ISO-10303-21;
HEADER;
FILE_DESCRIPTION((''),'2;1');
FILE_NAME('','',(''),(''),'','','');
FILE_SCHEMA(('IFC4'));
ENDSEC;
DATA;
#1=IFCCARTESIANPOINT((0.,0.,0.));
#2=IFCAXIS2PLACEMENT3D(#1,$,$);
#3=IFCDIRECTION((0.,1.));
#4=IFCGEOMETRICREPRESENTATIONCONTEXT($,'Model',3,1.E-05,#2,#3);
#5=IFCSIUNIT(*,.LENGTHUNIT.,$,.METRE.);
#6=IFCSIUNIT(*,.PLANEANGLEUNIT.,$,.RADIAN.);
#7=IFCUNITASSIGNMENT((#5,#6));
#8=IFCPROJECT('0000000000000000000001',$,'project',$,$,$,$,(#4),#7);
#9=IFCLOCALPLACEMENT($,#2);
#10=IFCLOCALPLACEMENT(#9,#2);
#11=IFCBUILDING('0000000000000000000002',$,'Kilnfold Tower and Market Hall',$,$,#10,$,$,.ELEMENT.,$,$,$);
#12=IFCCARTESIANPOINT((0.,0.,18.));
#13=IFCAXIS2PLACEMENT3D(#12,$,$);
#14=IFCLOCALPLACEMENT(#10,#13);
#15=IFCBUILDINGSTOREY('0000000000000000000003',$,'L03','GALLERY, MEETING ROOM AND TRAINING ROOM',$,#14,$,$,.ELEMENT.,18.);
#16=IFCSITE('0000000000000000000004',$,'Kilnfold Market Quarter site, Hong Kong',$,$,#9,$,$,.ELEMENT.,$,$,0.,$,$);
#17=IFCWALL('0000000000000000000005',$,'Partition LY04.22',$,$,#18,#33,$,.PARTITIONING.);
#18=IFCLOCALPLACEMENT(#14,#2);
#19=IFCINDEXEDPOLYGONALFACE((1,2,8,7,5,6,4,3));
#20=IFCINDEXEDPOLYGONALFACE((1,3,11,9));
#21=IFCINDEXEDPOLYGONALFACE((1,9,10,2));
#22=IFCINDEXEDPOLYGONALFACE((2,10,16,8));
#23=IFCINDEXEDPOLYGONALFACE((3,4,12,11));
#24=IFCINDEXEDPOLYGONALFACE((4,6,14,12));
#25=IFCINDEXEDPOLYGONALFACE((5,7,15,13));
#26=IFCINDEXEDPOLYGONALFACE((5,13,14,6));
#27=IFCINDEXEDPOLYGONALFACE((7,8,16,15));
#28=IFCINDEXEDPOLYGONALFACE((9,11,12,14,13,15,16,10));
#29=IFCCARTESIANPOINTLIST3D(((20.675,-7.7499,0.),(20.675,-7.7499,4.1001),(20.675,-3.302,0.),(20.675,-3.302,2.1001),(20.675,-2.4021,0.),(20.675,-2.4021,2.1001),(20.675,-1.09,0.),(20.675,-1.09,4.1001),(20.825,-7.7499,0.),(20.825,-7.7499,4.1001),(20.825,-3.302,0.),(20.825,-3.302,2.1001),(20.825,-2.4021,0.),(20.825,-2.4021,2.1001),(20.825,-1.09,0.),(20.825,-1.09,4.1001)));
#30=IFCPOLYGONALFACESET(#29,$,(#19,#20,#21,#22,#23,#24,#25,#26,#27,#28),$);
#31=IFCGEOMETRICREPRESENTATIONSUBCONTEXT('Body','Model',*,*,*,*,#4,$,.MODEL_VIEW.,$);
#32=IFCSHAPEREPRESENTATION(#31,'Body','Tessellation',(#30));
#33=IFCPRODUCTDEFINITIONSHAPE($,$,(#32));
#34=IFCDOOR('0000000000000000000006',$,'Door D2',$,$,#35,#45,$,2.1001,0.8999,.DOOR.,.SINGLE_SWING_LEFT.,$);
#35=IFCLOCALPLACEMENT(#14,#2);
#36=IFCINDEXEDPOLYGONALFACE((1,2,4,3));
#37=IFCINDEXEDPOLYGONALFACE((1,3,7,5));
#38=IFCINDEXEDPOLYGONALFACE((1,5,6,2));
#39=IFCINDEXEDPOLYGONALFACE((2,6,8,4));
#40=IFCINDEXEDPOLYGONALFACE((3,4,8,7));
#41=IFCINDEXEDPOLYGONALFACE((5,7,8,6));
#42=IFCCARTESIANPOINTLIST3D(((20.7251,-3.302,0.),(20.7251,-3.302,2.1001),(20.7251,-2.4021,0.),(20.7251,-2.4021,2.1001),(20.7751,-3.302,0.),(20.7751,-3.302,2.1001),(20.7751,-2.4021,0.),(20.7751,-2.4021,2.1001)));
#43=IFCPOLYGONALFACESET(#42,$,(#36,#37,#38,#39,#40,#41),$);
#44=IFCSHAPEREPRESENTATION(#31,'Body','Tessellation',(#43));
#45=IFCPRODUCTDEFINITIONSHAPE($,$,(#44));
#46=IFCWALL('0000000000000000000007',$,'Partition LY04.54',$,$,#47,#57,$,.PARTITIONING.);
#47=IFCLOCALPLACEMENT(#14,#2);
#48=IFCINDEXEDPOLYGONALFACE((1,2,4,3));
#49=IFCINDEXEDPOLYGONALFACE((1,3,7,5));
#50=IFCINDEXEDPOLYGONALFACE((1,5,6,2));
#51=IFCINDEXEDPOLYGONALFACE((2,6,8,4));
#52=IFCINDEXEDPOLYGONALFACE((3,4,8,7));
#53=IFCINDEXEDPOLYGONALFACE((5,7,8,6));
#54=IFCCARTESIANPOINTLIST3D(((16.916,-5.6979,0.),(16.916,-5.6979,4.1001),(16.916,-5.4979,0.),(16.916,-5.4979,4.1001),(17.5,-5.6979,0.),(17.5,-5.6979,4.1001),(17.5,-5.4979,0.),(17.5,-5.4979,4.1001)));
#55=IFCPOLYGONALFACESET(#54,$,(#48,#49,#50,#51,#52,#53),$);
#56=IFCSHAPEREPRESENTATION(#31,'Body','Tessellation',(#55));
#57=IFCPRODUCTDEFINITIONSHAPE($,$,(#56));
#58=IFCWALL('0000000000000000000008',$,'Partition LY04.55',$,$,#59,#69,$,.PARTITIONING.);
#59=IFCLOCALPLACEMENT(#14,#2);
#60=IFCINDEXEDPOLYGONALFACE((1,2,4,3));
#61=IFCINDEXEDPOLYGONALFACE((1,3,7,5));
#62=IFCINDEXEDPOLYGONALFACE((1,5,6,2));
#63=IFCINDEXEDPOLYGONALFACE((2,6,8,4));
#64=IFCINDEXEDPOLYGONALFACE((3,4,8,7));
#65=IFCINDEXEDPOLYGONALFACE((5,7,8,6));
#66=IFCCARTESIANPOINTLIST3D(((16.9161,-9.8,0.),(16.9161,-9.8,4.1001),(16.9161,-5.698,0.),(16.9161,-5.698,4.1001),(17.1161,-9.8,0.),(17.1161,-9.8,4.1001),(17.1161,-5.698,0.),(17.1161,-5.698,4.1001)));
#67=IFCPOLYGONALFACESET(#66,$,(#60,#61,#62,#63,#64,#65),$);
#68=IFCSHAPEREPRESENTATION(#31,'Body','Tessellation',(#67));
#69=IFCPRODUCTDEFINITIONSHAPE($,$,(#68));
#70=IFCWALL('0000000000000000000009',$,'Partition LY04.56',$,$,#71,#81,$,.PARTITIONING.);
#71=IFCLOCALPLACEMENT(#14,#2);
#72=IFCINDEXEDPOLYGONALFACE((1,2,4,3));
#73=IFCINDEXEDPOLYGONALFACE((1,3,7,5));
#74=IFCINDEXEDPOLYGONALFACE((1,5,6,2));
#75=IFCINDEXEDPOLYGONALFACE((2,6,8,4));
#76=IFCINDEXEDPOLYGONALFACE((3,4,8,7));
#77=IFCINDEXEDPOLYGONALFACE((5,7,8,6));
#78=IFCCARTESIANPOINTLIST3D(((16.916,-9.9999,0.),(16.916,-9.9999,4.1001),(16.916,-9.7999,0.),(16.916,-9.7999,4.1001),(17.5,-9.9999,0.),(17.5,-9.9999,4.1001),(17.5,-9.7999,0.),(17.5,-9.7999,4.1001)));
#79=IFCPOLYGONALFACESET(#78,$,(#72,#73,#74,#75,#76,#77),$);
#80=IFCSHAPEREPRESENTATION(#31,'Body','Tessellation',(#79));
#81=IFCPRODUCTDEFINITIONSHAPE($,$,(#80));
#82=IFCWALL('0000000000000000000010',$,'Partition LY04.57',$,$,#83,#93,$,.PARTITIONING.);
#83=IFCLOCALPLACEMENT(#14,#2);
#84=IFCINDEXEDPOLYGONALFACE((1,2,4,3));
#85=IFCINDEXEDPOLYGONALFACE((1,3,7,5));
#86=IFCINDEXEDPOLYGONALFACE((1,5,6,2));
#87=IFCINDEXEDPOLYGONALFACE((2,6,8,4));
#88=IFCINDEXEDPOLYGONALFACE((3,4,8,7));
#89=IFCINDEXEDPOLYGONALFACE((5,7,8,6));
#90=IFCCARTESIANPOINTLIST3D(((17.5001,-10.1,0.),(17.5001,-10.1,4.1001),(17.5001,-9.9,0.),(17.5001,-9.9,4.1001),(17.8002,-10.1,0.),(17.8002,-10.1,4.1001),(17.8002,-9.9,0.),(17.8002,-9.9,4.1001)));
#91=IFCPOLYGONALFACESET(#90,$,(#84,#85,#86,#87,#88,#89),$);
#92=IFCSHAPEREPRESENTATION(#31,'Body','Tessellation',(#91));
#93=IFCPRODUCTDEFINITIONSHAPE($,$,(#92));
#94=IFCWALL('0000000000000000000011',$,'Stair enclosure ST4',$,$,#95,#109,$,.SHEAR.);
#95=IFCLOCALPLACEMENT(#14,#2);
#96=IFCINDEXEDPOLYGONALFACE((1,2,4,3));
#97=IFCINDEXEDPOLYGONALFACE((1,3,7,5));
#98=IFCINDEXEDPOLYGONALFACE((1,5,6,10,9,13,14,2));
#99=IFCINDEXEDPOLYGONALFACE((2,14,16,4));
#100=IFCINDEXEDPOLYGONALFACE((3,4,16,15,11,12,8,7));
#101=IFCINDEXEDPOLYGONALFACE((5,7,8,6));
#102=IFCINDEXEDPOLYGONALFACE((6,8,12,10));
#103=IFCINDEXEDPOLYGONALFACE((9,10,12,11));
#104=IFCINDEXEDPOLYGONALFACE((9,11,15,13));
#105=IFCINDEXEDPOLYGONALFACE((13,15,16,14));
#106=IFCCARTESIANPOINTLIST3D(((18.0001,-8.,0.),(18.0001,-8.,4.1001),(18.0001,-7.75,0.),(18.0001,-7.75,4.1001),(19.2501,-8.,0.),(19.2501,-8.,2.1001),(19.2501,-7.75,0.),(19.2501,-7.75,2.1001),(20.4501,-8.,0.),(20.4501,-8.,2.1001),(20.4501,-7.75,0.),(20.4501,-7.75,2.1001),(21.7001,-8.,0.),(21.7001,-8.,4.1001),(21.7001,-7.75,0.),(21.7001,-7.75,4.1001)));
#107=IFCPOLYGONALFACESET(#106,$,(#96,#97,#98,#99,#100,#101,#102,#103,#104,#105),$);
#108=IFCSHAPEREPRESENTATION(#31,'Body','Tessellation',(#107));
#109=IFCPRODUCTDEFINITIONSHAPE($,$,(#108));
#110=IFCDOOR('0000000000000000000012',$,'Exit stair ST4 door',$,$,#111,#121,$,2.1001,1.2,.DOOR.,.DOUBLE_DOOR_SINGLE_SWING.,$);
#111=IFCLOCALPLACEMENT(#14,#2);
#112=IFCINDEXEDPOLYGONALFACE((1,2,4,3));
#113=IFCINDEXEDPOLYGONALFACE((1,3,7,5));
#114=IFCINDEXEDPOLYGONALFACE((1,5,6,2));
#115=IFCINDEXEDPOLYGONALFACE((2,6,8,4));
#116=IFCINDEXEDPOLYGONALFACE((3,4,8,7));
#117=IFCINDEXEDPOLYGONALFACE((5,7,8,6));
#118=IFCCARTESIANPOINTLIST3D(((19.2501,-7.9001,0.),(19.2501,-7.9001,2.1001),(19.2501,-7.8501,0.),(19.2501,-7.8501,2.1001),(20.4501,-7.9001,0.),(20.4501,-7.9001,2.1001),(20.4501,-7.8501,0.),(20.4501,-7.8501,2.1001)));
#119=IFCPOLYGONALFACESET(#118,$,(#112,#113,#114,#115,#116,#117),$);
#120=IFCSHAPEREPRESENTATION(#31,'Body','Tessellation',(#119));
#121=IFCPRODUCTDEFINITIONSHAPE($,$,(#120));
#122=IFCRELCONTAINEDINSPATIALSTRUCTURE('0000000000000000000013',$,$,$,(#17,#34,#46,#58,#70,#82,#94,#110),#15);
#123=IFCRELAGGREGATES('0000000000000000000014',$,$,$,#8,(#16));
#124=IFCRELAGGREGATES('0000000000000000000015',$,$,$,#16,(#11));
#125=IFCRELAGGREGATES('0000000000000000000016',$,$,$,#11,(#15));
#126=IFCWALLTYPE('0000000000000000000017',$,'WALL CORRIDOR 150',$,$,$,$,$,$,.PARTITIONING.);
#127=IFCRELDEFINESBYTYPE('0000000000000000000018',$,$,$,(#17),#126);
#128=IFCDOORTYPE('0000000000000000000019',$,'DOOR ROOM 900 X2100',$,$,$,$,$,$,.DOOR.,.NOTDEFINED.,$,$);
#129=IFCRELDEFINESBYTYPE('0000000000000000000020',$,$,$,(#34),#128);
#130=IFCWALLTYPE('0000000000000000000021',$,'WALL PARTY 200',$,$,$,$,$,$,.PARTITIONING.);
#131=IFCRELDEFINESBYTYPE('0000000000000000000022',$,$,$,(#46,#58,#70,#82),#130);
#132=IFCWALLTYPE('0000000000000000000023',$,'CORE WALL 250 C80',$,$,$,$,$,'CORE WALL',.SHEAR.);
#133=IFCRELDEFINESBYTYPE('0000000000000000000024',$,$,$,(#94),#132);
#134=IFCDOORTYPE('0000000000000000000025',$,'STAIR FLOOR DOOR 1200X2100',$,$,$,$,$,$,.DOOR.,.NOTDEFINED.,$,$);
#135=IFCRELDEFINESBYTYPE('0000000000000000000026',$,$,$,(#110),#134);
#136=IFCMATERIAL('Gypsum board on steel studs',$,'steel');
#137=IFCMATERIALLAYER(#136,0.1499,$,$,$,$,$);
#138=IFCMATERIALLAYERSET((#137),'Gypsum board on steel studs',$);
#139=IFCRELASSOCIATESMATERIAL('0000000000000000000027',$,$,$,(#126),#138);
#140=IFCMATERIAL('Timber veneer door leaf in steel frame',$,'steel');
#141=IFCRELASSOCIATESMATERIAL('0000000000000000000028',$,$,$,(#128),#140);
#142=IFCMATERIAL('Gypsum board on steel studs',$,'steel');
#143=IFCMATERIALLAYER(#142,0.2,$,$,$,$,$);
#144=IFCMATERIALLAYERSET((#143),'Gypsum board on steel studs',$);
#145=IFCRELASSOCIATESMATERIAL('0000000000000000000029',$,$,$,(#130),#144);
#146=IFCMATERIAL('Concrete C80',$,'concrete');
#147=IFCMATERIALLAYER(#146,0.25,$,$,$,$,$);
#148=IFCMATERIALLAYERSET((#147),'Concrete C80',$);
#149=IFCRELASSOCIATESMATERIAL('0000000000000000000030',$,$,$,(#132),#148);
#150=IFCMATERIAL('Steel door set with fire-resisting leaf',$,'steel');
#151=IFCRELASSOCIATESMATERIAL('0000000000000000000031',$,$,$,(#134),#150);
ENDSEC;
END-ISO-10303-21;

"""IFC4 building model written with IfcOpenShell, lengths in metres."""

from ifc_helpers import new_model, si_unit, direction, frame, frame_2d, origin, place, context, subcontext, project, spatial, rectangle, extrude, source, transform, mapped, material, layer, layer_set, type_object, element, fill, save


model = new_model("IFC4")

# Units and contexts
model_context = context("Model", 3, precision=1e-05, world=origin(), true_north=direction((0.0, 1.0)))
body_context = subcontext(model_context, "Body", "Model", "MODEL_VIEW")
ifc_project = project(units=[si_unit("LENGTHUNIT", "METRE"), si_unit("PLANEANGLEUNIT", "RADIAN")], contexts=[model_context])

# Site, building, storey
site_placement = place(None, origin())
site = spatial("IfcSite", under=ifc_project, at=site_placement, Name="Kilnfold Market Quarter site, Hong Kong", CompositionType="ELEMENT", RefElevation=0.0)
building_placement = place(site_placement, origin())
building = spatial("IfcBuilding", under=site, at=building_placement, Name="Kilnfold Tower and Market Hall", CompositionType="ELEMENT")
storey_placement = place(building_placement, frame((0.0, 0.0, 18.0)))
storey = spatial("IfcBuildingStorey", under=building, at=storey_placement, Name="L03", Description="GALLERY, MEETING ROOM AND TRAINING ROOM", CompositionType="ELEMENT", Elevation=18.0)

# Wall, opening, door
ifc_material_1 = material(Name="Gypsum board on steel studs", Category="steel")
ifc_layer_1 = layer(ifc_material_1, 0.1499)
ifc_layer_set_1 = layer_set([ifc_layer_1], Name="Gypsum board on steel studs")
wall_type_1 = type_object("IfcWallType", Name="WALL CORRIDOR 150", PredefinedType="PARTITIONING", material=ifc_layer_set_1)
wall_1_placement = place(storey_placement, frame((20.75, -7.75, 0.0), z_axis=(0.0, 0.0, 1.0), x_axis=(0.0, 1.0, 0.0)))
wall_1 = element("IfcWall", 1, at=wall_1_placement, inside=storey, type_object=wall_type_1, Name="Partition LY04.22", PredefinedType="PARTITIONING", context=body_context, shape_type="SweptSolid", body=[
    extrude(rectangle(XDim=6.6599, YDim=0.1499, at=frame_2d((3.3301, 0.0))), origin(), (0.0, 0.0, 1.0), 4.1001),
])
opening_1_placement = place(wall_1_placement, frame((4.448, 0.0, 0.0)))
opening_1 = element("IfcOpeningElement", 2, at=opening_1_placement, cuts=wall_1, PredefinedType="OPENING", context=body_context, shape_type="SweptSolid", body=[
    extrude(rectangle(XDim=0.8999, YDim=2.1001, at=frame_2d((0.45, 1.05))), frame((0.0, 0.085, 0.0), z_axis=(0.0, -1.0, 0.0), x_axis=(1.0, 0.0, 0.0)), (0.0, 0.0, 1.0), 0.1699),
])
ifc_material_2 = material(Name="Timber veneer door leaf in steel frame", Category="steel")
door_type_1 = type_object("IfcDoorType", Name="DOOR ROOM 900 X2100", OperationType="NOTDEFINED", PredefinedType="DOOR", material=ifc_material_2)
door_1_placement = place(opening_1_placement, origin())
door_1 = element("IfcDoor", 3, at=door_1_placement, inside=storey, type_object=door_type_1, Name="Door D2", OperationType="SINGLE_SWING_LEFT", OverallHeight=2.1001, OverallWidth=0.8999, PredefinedType="DOOR", context=body_context, shape_type="SweptSolid", body=[
    extrude(rectangle(XDim=0.8999, YDim=2.1001, at=frame_2d((0.45, 1.05))), frame((0.0, 0.0249, 0.0), z_axis=(0.0, -1.0, 0.0), x_axis=(1.0, 0.0, 0.0)), (0.0, 0.0, 1.0), 0.05),
])
fill(opening_1, door_1)

# Walls
ifc_material_3 = material(Name="Gypsum board on steel studs", Category="steel")
ifc_layer_2 = layer(ifc_material_3, 0.2)
ifc_layer_set_2 = layer_set([ifc_layer_2], Name="Gypsum board on steel studs")
wall_type_2 = type_object("IfcWallType", Name="WALL PARTY 200", PredefinedType="PARTITIONING", material=ifc_layer_set_2)
wall_2_placement = place(storey_placement, frame((16.916, -5.5979, 0.0), z_axis=(0.0, 0.0, 1.0), x_axis=(1.0, 0.0, 0.0)))
element("IfcWall", 4, at=wall_2_placement, inside=storey, type_object=wall_type_2, Name="Partition LY04.54", PredefinedType="PARTITIONING", context=body_context, shape_type="SweptSolid", body=[
    extrude(rectangle(XDim=0.584, YDim=0.2, at=frame_2d((0.292, 0.0))), origin(), (0.0, 0.0, 1.0), 4.1001),
])
wall_3_placement = place(storey_placement, frame((17.0161, -9.8, 0.0), z_axis=(0.0, 0.0, 1.0), x_axis=(0.0, 1.0, 0.0)))
element("IfcWall", 5, at=wall_3_placement, inside=storey, type_object=wall_type_2, Name="Partition LY04.55", PredefinedType="PARTITIONING", context=body_context, shape_type="SweptSolid", body=[
    extrude(rectangle(XDim=4.1021, YDim=0.2, at=frame_2d((2.051, 0.0))), origin(), (0.0, 0.0, 1.0), 4.1001),
])
wall_4_placement = place(storey_placement, frame((17.5, -9.8999, 0.0), z_axis=(0.0, 0.0, 1.0), x_axis=(-1.0, 0.0, 0.0)))
element("IfcWall", 6, at=wall_4_placement, inside=storey, type_object=wall_type_2, Name="Partition LY04.56", PredefinedType="PARTITIONING", context=body_context, shape_type="SweptSolid", body=[
    extrude(rectangle(XDim=0.584, YDim=0.2, at=frame_2d((0.292, 0.0))), origin(), (0.0, 0.0, 1.0), 4.1001),
])
wall_5_placement = place(storey_placement, frame((17.8, -10.0, 0.0), z_axis=(0.0, 0.0, 1.0), x_axis=(-1.0, 0.0, 0.0)))
element("IfcWall", 7, at=wall_5_placement, inside=storey, type_object=wall_type_2, Name="Partition LY04.57", PredefinedType="PARTITIONING", context=body_context, shape_type="SweptSolid", body=[
    extrude(rectangle(XDim=0.3, YDim=0.2, at=frame_2d((0.1499, 0.0))), origin(), (0.0, 0.0, 1.0), 4.1001),
])

# Wall, opening, door
ifc_material_4 = material(Name="Concrete C80", Category="concrete")
ifc_layer_3 = layer(ifc_material_4, 0.25)
ifc_layer_set_3 = layer_set([ifc_layer_3], Name="Concrete C80")
wall_type_3 = type_object("IfcWallType", Name="CORE WALL 250 C80", ElementType="CORE WALL", PredefinedType="SHEAR", material=ifc_layer_set_3)
shared_shape_1 = source(origin(), body_context, "Body", "SweptSolid", [
    extrude(rectangle(XDim=3.7, YDim=0.25, at=frame_2d((1.8501, 0.0))), origin(), (0.0, 0.0, 1.0), 4.1001),
])
wall_6_placement = place(storey_placement, frame((18.0, -7.875, 0.0), z_axis=(0.0, 0.0, 1.0), x_axis=(1.0, 0.0, 0.0)))
wall_6 = element("IfcWall", 8, at=wall_6_placement, inside=storey, type_object=wall_type_3, Name="Stair enclosure ST4", PredefinedType="SHEAR", context=body_context, shape_type="MappedRepresentation", body=[
    mapped(shared_shape_1, transform((0.0, 0.0, 0.0))),
])
opening_2_placement = place(wall_6_placement, frame((1.25, 0.0, 0.0)))
opening_2 = element("IfcOpeningElement", 9, at=opening_2_placement, cuts=wall_6, PredefinedType="OPENING", context=body_context, shape_type="SweptSolid", body=[
    extrude(rectangle(XDim=1.2, YDim=2.1001, at=frame_2d((0.6001, 1.05))), frame((0.0, 0.135, 0.0), z_axis=(0.0, -1.0, 0.0), x_axis=(1.0, 0.0, 0.0)), (0.0, 0.0, 1.0), 0.27),
])
ifc_material_5 = material(Name="Steel door set with fire-resisting leaf", Category="steel")
door_type_2 = type_object("IfcDoorType", Name="STAIR FLOOR DOOR 1200X2100", OperationType="NOTDEFINED", PredefinedType="DOOR", material=ifc_material_5)
door_2_placement = place(opening_2_placement, origin())
door_2 = element("IfcDoor", 10, at=door_2_placement, inside=storey, type_object=door_type_2, Name="Exit stair ST4 door", OperationType="DOUBLE_DOOR_SINGLE_SWING", OverallHeight=2.1001, OverallWidth=1.2, PredefinedType="DOOR", context=body_context, shape_type="SweptSolid", body=[
    extrude(rectangle(XDim=1.2, YDim=2.1001, at=frame_2d((0.6001, 1.05))), frame((0.0, 0.0249, 0.0), z_axis=(0.0, -1.0, 0.0), x_axis=(1.0, 0.0, 0.0)), (0.0, 0.0, 1.0), 0.05),
])
fill(opening_2, door_2)

save(model, "model.ifc")
